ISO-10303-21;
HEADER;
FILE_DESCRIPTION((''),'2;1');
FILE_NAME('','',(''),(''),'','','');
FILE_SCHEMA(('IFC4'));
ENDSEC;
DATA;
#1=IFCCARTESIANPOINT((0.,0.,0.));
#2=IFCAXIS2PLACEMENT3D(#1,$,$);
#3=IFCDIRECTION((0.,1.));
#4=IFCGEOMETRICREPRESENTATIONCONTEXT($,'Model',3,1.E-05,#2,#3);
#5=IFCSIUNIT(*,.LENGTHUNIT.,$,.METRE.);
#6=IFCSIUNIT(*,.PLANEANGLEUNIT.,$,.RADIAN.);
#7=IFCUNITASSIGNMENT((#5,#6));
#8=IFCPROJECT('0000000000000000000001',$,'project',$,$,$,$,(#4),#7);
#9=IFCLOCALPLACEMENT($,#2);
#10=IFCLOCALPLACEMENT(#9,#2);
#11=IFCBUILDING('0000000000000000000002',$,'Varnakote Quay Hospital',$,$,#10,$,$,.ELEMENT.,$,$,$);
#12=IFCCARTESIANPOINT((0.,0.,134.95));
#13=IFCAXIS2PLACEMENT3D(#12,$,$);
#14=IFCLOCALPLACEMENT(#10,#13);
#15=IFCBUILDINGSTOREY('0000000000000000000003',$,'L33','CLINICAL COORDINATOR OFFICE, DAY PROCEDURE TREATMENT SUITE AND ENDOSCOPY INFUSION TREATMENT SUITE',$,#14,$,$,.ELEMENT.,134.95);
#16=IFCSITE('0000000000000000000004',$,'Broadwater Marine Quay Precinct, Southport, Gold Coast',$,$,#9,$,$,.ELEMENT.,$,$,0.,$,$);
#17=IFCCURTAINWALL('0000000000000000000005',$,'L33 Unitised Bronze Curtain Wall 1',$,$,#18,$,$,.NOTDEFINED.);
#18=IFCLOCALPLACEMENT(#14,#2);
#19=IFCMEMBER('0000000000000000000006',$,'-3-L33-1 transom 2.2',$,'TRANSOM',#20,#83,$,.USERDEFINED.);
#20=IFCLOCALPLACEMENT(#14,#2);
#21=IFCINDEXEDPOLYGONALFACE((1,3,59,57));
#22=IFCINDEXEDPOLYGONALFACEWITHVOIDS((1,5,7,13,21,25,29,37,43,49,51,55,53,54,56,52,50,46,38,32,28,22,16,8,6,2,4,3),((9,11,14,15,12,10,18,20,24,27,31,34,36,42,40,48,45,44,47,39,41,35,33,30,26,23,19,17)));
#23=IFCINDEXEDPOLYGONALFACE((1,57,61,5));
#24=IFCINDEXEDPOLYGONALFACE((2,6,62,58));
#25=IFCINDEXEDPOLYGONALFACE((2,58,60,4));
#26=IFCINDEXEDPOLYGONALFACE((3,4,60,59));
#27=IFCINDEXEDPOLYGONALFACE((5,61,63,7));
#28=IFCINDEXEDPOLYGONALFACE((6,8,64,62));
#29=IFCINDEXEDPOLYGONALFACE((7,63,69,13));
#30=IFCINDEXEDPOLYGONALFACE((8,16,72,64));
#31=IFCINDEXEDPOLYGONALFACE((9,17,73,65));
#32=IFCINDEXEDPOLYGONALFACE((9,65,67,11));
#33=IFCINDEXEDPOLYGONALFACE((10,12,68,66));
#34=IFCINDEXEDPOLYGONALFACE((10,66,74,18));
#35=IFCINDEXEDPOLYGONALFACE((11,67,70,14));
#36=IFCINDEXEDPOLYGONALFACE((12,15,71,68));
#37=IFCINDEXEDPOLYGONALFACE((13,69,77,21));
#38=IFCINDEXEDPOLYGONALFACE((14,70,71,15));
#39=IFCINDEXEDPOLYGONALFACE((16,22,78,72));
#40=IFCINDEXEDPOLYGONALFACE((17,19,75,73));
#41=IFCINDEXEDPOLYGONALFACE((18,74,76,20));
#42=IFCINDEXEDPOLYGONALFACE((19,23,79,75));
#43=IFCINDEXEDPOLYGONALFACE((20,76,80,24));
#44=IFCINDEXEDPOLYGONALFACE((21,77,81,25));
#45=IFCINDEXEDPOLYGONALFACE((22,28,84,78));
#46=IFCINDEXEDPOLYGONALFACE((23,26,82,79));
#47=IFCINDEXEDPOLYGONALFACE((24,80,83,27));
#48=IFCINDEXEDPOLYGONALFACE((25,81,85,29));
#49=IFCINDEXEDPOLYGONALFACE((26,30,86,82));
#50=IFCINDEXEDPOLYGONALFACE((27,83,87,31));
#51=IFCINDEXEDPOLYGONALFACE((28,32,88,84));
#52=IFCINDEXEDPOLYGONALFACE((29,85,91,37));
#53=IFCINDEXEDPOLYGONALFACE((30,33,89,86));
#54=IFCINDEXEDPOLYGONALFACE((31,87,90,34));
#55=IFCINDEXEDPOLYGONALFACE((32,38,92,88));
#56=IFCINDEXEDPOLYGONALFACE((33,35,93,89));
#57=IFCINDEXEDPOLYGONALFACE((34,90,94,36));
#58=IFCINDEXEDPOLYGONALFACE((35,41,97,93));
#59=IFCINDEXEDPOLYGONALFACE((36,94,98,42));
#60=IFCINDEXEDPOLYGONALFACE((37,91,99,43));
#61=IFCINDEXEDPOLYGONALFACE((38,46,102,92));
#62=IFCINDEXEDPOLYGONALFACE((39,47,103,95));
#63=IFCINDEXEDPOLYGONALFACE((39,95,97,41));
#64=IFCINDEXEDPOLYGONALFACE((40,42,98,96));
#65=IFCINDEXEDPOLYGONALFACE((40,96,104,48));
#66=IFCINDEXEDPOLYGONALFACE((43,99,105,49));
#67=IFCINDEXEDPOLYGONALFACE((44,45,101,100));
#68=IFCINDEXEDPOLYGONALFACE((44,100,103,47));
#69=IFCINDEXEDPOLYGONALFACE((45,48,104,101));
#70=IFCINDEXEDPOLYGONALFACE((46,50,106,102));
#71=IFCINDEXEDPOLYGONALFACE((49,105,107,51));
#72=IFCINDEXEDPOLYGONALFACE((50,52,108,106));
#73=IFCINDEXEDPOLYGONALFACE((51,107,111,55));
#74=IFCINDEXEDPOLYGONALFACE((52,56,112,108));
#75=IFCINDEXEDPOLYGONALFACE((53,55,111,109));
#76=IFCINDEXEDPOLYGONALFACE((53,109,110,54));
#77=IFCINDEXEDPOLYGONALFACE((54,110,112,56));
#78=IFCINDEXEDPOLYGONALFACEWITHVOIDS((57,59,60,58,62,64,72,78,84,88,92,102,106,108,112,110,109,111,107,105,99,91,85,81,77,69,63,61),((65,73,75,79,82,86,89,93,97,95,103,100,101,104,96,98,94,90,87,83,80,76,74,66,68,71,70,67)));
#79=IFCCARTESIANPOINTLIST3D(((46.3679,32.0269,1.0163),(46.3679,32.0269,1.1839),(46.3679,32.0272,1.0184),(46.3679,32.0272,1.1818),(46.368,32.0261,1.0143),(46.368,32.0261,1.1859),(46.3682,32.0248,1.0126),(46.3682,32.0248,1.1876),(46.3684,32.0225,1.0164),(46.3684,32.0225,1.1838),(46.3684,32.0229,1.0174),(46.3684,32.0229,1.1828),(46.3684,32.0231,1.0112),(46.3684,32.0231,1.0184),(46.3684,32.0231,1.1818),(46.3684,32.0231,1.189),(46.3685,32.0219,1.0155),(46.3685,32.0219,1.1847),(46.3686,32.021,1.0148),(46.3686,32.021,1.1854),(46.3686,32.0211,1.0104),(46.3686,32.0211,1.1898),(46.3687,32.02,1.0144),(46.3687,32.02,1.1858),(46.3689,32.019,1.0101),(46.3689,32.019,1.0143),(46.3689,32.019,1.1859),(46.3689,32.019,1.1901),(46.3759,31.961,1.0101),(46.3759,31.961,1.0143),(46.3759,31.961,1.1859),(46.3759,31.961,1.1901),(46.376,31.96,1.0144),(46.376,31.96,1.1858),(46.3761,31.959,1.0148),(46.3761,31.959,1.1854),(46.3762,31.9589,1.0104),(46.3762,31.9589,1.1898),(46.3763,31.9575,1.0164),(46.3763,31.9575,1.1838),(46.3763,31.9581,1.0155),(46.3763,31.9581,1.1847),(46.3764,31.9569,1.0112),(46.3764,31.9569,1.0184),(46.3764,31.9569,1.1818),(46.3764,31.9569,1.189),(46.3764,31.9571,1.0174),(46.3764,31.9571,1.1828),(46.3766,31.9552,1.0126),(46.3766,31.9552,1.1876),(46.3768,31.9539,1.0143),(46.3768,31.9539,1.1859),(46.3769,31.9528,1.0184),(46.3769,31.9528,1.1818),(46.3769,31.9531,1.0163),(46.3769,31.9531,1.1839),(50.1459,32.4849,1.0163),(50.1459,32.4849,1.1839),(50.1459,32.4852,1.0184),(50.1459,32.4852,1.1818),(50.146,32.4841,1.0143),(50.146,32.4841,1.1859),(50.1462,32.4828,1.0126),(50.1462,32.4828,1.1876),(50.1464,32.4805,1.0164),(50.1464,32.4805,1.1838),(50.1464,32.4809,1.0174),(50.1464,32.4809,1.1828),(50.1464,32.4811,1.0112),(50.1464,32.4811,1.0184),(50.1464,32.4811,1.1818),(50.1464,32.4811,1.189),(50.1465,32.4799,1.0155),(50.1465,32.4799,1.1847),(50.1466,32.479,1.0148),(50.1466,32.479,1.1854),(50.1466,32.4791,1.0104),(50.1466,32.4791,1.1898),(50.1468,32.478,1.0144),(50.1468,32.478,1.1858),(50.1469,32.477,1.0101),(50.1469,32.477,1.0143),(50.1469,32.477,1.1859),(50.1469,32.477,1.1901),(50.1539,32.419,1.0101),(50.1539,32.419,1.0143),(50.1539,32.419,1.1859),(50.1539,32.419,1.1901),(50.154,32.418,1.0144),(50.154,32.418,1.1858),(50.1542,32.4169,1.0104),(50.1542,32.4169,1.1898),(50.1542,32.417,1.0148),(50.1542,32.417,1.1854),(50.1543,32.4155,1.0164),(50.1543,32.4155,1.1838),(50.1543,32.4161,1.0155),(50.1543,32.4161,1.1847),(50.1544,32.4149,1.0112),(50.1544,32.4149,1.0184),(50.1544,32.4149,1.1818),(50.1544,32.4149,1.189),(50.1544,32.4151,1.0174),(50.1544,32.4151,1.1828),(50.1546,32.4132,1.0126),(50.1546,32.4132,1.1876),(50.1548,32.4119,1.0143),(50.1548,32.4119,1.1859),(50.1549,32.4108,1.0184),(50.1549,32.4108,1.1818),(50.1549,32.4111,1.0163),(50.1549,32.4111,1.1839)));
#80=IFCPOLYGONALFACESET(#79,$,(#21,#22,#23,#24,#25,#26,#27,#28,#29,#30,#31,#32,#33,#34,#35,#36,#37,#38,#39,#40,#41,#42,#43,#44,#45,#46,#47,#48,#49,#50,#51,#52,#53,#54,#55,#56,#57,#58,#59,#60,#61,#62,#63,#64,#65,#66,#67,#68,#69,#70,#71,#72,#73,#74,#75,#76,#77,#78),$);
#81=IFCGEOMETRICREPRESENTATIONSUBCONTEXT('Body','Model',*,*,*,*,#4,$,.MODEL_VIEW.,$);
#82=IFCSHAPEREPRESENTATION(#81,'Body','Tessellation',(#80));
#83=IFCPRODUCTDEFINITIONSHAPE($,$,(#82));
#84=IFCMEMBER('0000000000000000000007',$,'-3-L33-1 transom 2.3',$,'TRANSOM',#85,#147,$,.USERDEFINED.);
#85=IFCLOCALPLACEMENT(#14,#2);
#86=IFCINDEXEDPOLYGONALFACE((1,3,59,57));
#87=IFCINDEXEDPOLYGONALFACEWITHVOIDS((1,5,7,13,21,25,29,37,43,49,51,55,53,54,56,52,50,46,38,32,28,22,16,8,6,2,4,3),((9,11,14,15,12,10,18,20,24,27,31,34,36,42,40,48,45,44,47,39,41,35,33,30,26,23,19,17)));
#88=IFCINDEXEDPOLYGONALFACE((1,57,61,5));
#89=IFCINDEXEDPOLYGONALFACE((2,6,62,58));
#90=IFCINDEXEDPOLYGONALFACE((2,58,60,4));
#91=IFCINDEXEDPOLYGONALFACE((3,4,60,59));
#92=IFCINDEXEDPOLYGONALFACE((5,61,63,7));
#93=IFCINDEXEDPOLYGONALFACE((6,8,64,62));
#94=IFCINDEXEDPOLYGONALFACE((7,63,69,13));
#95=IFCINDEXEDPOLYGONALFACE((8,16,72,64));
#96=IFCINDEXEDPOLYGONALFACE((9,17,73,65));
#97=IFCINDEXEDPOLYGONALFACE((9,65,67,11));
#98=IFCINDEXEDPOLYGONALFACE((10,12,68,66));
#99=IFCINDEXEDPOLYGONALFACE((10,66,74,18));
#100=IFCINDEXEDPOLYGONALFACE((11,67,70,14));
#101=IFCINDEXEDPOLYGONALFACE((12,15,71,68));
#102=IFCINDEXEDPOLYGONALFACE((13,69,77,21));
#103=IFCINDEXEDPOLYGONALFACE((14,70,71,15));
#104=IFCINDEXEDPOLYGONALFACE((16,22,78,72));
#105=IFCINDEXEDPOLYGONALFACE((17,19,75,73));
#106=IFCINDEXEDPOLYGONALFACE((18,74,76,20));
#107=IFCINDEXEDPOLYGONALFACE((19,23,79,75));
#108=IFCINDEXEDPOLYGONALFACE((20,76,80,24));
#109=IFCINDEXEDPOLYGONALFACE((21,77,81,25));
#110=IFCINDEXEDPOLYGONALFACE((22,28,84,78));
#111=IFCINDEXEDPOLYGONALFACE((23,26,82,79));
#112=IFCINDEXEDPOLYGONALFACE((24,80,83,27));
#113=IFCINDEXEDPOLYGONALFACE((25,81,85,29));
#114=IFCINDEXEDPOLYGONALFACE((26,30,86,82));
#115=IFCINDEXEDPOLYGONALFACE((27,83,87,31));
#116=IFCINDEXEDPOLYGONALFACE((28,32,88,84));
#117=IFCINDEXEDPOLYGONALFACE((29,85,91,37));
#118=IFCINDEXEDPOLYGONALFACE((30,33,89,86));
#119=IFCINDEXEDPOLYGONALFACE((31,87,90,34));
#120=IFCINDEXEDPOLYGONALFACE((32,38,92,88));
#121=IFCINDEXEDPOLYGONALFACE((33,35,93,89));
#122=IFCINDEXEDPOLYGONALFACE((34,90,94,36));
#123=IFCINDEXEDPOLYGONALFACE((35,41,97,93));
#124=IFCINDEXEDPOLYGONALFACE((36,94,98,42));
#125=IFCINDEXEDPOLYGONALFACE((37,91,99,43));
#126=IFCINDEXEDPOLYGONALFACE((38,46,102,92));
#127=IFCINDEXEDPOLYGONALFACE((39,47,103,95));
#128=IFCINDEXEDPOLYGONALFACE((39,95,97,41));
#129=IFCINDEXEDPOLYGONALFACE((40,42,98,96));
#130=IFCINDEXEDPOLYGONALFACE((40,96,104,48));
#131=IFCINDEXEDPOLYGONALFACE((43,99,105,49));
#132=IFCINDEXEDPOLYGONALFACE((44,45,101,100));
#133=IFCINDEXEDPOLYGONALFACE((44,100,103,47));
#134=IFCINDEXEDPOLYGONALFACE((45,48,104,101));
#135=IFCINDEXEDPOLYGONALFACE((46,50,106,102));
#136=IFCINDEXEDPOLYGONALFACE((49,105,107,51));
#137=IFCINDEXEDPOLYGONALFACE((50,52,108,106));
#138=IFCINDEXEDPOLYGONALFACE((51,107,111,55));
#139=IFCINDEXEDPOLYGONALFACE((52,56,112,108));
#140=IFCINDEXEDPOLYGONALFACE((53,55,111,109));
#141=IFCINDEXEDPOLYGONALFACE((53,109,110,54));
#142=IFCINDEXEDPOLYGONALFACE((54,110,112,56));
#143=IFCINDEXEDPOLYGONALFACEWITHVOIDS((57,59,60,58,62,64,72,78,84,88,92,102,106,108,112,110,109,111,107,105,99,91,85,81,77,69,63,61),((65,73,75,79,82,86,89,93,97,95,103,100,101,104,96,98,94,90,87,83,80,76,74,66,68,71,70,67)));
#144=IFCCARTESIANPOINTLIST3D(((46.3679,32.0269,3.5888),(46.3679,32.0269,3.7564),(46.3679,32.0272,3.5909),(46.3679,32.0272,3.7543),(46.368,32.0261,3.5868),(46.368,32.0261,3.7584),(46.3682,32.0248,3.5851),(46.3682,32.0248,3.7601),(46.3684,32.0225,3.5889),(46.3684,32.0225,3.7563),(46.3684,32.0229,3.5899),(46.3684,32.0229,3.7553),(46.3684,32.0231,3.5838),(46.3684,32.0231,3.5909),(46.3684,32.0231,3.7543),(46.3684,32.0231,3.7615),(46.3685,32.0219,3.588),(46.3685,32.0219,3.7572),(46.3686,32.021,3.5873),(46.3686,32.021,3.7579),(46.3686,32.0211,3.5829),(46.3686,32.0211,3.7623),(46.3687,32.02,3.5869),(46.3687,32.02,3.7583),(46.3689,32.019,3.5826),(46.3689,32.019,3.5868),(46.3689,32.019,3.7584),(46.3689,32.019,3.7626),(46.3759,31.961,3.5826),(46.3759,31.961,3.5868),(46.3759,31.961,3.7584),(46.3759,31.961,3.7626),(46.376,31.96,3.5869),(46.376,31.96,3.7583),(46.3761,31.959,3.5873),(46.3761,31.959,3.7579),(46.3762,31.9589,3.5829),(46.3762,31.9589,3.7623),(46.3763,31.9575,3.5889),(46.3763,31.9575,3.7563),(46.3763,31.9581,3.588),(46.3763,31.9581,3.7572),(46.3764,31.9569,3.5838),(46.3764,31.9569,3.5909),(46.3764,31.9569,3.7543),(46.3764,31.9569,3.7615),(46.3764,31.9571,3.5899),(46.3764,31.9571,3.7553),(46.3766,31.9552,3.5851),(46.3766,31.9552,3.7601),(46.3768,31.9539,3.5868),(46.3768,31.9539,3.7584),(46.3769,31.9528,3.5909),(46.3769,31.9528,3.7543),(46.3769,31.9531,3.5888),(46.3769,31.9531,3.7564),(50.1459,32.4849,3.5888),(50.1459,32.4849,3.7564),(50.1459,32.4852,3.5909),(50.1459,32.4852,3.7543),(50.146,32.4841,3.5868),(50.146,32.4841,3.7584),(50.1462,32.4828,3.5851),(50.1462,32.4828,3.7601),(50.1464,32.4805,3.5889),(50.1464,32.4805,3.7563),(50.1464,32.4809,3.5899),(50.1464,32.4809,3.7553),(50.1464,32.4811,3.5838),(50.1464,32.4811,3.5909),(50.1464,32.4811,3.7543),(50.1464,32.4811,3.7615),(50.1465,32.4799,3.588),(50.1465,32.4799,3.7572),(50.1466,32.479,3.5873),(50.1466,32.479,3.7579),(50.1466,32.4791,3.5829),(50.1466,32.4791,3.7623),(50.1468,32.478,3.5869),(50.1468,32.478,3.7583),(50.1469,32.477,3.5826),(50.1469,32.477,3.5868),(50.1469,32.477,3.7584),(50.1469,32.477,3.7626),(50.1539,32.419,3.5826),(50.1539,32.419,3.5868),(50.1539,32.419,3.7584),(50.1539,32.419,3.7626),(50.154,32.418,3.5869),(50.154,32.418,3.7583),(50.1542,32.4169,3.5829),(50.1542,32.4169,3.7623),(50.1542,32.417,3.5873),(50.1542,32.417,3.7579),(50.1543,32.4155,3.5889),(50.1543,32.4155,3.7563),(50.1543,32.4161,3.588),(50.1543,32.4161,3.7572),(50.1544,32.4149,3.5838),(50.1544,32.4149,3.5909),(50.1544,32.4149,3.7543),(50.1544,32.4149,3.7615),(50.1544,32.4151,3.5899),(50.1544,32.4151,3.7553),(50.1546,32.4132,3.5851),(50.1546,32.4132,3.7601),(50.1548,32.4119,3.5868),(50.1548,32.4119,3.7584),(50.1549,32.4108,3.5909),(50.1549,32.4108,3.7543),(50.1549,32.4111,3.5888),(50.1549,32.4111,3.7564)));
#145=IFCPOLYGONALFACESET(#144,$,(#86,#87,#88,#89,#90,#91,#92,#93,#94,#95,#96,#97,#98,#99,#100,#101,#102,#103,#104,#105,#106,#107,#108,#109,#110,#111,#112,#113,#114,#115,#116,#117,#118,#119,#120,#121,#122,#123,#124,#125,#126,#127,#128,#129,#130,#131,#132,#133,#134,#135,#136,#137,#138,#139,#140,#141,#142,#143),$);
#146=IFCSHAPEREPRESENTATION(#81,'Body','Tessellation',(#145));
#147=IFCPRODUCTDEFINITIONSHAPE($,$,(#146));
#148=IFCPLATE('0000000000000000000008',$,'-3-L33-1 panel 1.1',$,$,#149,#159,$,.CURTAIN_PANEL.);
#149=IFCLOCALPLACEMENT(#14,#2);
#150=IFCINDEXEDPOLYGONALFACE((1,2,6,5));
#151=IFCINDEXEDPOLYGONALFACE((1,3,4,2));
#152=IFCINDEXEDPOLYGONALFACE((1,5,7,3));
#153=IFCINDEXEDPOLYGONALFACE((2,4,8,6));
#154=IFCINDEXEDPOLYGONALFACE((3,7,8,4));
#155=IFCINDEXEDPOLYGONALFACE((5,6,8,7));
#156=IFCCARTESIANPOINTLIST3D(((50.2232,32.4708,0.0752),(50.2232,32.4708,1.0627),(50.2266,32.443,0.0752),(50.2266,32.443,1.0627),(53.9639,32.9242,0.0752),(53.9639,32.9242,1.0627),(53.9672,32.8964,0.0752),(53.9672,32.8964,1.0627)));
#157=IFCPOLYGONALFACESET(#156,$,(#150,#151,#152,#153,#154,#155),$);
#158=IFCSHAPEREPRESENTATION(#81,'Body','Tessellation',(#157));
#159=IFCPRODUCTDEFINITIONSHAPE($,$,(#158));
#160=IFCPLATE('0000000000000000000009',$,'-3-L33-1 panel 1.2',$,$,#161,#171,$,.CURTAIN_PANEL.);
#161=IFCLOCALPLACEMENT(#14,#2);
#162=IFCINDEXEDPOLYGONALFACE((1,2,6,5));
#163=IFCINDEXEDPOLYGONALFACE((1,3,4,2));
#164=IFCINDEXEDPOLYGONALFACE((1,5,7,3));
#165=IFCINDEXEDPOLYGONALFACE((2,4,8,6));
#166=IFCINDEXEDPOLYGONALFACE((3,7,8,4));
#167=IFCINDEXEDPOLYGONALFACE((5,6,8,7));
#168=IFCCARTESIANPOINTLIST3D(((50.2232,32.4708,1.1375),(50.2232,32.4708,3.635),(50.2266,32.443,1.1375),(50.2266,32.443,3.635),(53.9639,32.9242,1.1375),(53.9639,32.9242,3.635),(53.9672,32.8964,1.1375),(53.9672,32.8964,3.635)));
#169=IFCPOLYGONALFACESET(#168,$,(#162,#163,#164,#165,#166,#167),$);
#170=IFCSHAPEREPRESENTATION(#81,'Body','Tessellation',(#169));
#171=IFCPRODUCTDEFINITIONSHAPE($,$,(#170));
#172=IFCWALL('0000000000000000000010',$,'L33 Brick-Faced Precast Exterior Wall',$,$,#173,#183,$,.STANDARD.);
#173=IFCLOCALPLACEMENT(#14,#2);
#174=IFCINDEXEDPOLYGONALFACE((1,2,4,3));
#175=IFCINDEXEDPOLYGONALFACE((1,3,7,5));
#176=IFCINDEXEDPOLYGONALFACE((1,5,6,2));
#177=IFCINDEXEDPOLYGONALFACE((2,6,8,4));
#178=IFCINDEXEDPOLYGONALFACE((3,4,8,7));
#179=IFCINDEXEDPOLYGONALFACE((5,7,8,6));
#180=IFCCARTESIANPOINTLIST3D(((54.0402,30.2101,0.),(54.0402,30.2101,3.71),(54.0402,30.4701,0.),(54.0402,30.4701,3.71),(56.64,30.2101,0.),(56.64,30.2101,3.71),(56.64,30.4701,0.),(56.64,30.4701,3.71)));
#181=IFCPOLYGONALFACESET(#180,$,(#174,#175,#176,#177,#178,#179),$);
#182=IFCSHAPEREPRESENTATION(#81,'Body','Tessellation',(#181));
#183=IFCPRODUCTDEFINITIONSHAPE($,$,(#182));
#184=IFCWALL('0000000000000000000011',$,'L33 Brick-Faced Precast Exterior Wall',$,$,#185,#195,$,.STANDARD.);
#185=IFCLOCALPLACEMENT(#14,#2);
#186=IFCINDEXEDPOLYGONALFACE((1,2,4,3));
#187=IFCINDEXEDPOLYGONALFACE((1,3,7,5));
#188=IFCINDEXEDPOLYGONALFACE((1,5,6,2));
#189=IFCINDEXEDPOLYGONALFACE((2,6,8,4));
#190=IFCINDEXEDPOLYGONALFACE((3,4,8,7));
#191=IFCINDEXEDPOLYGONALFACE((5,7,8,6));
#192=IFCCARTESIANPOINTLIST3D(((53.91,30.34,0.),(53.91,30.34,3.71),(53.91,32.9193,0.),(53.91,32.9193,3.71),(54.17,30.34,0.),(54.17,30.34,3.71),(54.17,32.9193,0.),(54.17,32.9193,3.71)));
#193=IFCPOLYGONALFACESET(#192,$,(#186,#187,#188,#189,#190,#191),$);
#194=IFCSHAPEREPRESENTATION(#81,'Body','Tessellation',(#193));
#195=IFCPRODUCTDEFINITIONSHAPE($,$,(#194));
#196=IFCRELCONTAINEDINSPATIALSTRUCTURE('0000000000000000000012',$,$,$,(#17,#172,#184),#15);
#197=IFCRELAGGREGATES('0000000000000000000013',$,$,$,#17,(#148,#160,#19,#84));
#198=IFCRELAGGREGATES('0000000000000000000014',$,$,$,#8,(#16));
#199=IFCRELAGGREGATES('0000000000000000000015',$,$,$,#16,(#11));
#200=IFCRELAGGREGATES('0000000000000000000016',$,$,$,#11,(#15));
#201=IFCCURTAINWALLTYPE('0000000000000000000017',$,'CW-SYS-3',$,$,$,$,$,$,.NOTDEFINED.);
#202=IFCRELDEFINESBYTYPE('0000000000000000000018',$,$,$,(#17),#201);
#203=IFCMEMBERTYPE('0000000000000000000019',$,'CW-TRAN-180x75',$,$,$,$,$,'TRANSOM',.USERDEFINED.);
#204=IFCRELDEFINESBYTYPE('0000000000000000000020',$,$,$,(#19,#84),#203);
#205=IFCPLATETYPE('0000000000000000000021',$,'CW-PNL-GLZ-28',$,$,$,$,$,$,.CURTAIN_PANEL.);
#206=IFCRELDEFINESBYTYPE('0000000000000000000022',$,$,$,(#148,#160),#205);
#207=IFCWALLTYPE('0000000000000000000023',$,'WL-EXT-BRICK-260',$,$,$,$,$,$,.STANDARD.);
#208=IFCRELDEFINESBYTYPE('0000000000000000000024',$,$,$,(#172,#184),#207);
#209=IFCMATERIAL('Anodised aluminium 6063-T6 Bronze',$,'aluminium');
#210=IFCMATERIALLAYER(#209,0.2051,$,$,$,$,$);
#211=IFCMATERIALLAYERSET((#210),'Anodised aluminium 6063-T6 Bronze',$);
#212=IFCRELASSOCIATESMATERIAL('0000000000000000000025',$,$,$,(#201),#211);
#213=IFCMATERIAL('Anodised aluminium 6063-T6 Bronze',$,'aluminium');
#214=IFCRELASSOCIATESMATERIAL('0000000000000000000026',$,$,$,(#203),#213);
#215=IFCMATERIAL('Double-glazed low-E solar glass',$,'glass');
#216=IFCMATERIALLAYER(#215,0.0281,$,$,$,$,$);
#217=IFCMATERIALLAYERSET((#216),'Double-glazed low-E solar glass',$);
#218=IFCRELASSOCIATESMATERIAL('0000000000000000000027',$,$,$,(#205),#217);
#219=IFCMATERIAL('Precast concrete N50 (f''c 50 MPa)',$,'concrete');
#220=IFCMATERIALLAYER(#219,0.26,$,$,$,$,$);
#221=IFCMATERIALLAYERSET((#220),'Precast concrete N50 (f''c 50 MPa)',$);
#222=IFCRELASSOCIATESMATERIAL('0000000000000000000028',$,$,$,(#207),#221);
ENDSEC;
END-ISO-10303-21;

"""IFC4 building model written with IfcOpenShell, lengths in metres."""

from ifc_helpers import new_model, si_unit, direction, frame, frame_2d, origin, origin_2d, place, context, subcontext, project, spatial, rectangle, hollow_rectangle, extrude, material, layer, layer_set, material_profile, profile_set, type_object, element, aggregate, save


model = new_model("IFC4")

# Units and contexts
model_context = context("Model", 3, precision=1e-05, world=origin(), true_north=direction((0.0, 1.0)))
body_context = subcontext(model_context, "Body", "Model", "MODEL_VIEW")
ifc_project = project(units=[si_unit("LENGTHUNIT", "METRE"), si_unit("PLANEANGLEUNIT", "RADIAN")], contexts=[model_context])

# Site, building, storey
site_placement = place(None, origin())
site = spatial("IfcSite", under=ifc_project, at=site_placement, Name="Broadwater Marine Quay Precinct, Southport, Gold Coast", CompositionType="ELEMENT", RefElevation=0.0)
building_placement = place(site_placement, origin())
building = spatial("IfcBuilding", under=site, at=building_placement, Name="Varnakote Quay Hospital", CompositionType="ELEMENT")
storey_placement = place(building_placement, frame((0.0, 0.0, 134.95)))
storey = spatial("IfcBuildingStorey", under=building, at=storey_placement, Name="L33", Description="CLINICAL COORDINATOR OFFICE, DAY PROCEDURE TREATMENT SUITE AND ENDOSCOPY INFUSION TREATMENT SUITE", CompositionType="ELEMENT", Elevation=134.95)

# Curtain wall, members, plates
ifc_material_1 = material(Name="Anodised aluminium 6063-T6 Bronze", Category="aluminium")
ifc_layer_1 = layer(ifc_material_1, 0.2051)
ifc_layer_set_1 = layer_set([ifc_layer_1], Name="Anodised aluminium 6063-T6 Bronze")
curtain_wall_type = type_object("IfcCurtainWallType", Name="CW-SYS-3", PredefinedType="NOTDEFINED", material=ifc_layer_set_1)
curtain_wall_placement = place(storey_placement, origin())
curtain_wall = element("IfcCurtainWall", 1, at=curtain_wall_placement, inside=storey, type_object=curtain_wall_type, Name="L33 Unitised Bronze Curtain Wall 1", PredefinedType="NOTDEFINED")
ifc_material_2 = material(Name="Anodised aluminium 6063-T6 Bronze", Category="aluminium")
ifc_material_profile_1 = material_profile(ifc_material_2, hollow_rectangle(XDim=0.075, YDim=0.1799, WallThickness=0.0042, InnerFilletRadius=0.0042, OuterFilletRadius=0.0083, at=origin_2d()), Name="CW-TRAN-180x75")
ifc_profile_set_1 = profile_set([ifc_material_profile_1], Name="Anodised aluminium 6063-T6 Bronze")
member_type_1 = type_object("IfcMemberType", Name="CW-TRAN-180x75", ElementType="TRANSOM", PredefinedType="USERDEFINED", material=ifc_profile_set_1)
member_1_placement = place(storey_placement, frame((50.1504, 32.448, 1.1001), z_axis=(-0.992732, -0.120347, 0.0), x_axis=(0.120347, -0.992732, 0.0)))
member_1 = element("IfcMember", 2, at=member_1_placement, type_object=member_type_1, Name="-3-L33-1 transom 2.2", ObjectType="TRANSOM", PredefinedType="USERDEFINED", context=body_context, shape_type="SweptSolid", body=[
    extrude(hollow_rectangle(XDim=0.075, YDim=0.1799, WallThickness=0.0042, InnerFilletRadius=0.0042, OuterFilletRadius=0.0083, at=origin_2d()), origin(), (0.0, 0.0, 1.0), 3.8057),
])
member_2_placement = place(storey_placement, frame((50.1504, 32.448, 3.6726), z_axis=(-0.992732, -0.120347, 0.0), x_axis=(0.120347, -0.992732, 0.0)))
member_2 = element("IfcMember", 3, at=member_2_placement, type_object=member_type_1, Name="-3-L33-1 transom 2.3", ObjectType="TRANSOM", PredefinedType="USERDEFINED", context=body_context, shape_type="SweptSolid", body=[
    extrude(hollow_rectangle(XDim=0.075, YDim=0.1799, WallThickness=0.0042, InnerFilletRadius=0.0042, OuterFilletRadius=0.0083, at=origin_2d()), origin(), (0.0, 0.0, 1.0), 3.8057),
])
ifc_material_3 = material(Name="Double-glazed low-E solar glass", Category="glass")
ifc_layer_2 = layer(ifc_material_3, 0.0281)
ifc_layer_set_2 = layer_set([ifc_layer_2], Name="Double-glazed low-E solar glass")
plate_type = type_object("IfcPlateType", Name="CW-PNL-GLZ-28", PredefinedType="CURTAIN_PANEL", material=ifc_layer_set_2)
plate_1_placement = place(storey_placement, frame((52.0952, 32.6836, 0.0752), z_axis=(0.0, 0.0, 1.0), x_axis=(-0.992734, -0.120327, 0.0)))
plate_1 = element("IfcPlate", 4, at=plate_1_placement, type_object=plate_type, Name="-3-L33-1 panel 1.1", PredefinedType="CURTAIN_PANEL", context=body_context, shape_type="SweptSolid", body=[
    extrude(rectangle(XDim=3.7681, YDim=0.0281, at=origin_2d()), origin(), (0.0, 0.0, 1.0), 0.9875),
])
plate_2_placement = place(storey_placement, frame((52.0952, 32.6836, 1.1375), z_axis=(0.0, 0.0, 1.0), x_axis=(-0.992734, -0.120327, 0.0)))
plate_2 = element("IfcPlate", 5, at=plate_2_placement, type_object=plate_type, Name="-3-L33-1 panel 1.2", PredefinedType="CURTAIN_PANEL", context=body_context, shape_type="SweptSolid", body=[
    extrude(rectangle(XDim=3.7681, YDim=0.0281, at=origin_2d()), origin(), (0.0, 0.0, 1.0), 2.4976),
])
aggregate(curtain_wall, [plate_1, plate_2, member_1, member_2])

# Walls
ifc_material_4 = material(Name="Precast concrete N50 (f'c 50 MPa)", Category="concrete")
ifc_layer_3 = layer(ifc_material_4, 0.26)
ifc_layer_set_3 = layer_set([ifc_layer_3], Name="Precast concrete N50 (f'c 50 MPa)")
wall_type_1 = type_object("IfcWallType", Name="WL-EXT-BRICK-260", PredefinedType="STANDARD", material=ifc_layer_set_3)
wall_1_placement = place(storey_placement, frame((56.6399, 30.3401, 0.0), z_axis=(0.0, 0.0, 1.0), x_axis=(-1.0, 0.0, 0.0)))
element("IfcWall", 6, at=wall_1_placement, inside=storey, type_object=wall_type_1, Name="L33 Brick-Faced Precast Exterior Wall", PredefinedType="STANDARD", context=body_context, shape_type="SweptSolid", body=[
    extrude(rectangle(XDim=2.5999, YDim=0.26, at=frame_2d((1.2998, 0.0))), origin(), (0.0, 0.0, 1.0), 3.71),
])
wall_2_placement = place(storey_placement, frame((54.04, 30.3401, 0.0), z_axis=(0.0, 0.0, 1.0), x_axis=(0.0, 1.0, 0.0)))
element("IfcWall", 7, at=wall_2_placement, inside=storey, type_object=wall_type_1, Name="L33 Brick-Faced Precast Exterior Wall", PredefinedType="STANDARD", context=body_context, shape_type="SweptSolid", body=[
    extrude(rectangle(XDim=2.5793, YDim=0.26, at=frame_2d((1.2896, 0.0))), origin(), (0.0, 0.0, 1.0), 3.71),
])

save(model, "model.ifc")
